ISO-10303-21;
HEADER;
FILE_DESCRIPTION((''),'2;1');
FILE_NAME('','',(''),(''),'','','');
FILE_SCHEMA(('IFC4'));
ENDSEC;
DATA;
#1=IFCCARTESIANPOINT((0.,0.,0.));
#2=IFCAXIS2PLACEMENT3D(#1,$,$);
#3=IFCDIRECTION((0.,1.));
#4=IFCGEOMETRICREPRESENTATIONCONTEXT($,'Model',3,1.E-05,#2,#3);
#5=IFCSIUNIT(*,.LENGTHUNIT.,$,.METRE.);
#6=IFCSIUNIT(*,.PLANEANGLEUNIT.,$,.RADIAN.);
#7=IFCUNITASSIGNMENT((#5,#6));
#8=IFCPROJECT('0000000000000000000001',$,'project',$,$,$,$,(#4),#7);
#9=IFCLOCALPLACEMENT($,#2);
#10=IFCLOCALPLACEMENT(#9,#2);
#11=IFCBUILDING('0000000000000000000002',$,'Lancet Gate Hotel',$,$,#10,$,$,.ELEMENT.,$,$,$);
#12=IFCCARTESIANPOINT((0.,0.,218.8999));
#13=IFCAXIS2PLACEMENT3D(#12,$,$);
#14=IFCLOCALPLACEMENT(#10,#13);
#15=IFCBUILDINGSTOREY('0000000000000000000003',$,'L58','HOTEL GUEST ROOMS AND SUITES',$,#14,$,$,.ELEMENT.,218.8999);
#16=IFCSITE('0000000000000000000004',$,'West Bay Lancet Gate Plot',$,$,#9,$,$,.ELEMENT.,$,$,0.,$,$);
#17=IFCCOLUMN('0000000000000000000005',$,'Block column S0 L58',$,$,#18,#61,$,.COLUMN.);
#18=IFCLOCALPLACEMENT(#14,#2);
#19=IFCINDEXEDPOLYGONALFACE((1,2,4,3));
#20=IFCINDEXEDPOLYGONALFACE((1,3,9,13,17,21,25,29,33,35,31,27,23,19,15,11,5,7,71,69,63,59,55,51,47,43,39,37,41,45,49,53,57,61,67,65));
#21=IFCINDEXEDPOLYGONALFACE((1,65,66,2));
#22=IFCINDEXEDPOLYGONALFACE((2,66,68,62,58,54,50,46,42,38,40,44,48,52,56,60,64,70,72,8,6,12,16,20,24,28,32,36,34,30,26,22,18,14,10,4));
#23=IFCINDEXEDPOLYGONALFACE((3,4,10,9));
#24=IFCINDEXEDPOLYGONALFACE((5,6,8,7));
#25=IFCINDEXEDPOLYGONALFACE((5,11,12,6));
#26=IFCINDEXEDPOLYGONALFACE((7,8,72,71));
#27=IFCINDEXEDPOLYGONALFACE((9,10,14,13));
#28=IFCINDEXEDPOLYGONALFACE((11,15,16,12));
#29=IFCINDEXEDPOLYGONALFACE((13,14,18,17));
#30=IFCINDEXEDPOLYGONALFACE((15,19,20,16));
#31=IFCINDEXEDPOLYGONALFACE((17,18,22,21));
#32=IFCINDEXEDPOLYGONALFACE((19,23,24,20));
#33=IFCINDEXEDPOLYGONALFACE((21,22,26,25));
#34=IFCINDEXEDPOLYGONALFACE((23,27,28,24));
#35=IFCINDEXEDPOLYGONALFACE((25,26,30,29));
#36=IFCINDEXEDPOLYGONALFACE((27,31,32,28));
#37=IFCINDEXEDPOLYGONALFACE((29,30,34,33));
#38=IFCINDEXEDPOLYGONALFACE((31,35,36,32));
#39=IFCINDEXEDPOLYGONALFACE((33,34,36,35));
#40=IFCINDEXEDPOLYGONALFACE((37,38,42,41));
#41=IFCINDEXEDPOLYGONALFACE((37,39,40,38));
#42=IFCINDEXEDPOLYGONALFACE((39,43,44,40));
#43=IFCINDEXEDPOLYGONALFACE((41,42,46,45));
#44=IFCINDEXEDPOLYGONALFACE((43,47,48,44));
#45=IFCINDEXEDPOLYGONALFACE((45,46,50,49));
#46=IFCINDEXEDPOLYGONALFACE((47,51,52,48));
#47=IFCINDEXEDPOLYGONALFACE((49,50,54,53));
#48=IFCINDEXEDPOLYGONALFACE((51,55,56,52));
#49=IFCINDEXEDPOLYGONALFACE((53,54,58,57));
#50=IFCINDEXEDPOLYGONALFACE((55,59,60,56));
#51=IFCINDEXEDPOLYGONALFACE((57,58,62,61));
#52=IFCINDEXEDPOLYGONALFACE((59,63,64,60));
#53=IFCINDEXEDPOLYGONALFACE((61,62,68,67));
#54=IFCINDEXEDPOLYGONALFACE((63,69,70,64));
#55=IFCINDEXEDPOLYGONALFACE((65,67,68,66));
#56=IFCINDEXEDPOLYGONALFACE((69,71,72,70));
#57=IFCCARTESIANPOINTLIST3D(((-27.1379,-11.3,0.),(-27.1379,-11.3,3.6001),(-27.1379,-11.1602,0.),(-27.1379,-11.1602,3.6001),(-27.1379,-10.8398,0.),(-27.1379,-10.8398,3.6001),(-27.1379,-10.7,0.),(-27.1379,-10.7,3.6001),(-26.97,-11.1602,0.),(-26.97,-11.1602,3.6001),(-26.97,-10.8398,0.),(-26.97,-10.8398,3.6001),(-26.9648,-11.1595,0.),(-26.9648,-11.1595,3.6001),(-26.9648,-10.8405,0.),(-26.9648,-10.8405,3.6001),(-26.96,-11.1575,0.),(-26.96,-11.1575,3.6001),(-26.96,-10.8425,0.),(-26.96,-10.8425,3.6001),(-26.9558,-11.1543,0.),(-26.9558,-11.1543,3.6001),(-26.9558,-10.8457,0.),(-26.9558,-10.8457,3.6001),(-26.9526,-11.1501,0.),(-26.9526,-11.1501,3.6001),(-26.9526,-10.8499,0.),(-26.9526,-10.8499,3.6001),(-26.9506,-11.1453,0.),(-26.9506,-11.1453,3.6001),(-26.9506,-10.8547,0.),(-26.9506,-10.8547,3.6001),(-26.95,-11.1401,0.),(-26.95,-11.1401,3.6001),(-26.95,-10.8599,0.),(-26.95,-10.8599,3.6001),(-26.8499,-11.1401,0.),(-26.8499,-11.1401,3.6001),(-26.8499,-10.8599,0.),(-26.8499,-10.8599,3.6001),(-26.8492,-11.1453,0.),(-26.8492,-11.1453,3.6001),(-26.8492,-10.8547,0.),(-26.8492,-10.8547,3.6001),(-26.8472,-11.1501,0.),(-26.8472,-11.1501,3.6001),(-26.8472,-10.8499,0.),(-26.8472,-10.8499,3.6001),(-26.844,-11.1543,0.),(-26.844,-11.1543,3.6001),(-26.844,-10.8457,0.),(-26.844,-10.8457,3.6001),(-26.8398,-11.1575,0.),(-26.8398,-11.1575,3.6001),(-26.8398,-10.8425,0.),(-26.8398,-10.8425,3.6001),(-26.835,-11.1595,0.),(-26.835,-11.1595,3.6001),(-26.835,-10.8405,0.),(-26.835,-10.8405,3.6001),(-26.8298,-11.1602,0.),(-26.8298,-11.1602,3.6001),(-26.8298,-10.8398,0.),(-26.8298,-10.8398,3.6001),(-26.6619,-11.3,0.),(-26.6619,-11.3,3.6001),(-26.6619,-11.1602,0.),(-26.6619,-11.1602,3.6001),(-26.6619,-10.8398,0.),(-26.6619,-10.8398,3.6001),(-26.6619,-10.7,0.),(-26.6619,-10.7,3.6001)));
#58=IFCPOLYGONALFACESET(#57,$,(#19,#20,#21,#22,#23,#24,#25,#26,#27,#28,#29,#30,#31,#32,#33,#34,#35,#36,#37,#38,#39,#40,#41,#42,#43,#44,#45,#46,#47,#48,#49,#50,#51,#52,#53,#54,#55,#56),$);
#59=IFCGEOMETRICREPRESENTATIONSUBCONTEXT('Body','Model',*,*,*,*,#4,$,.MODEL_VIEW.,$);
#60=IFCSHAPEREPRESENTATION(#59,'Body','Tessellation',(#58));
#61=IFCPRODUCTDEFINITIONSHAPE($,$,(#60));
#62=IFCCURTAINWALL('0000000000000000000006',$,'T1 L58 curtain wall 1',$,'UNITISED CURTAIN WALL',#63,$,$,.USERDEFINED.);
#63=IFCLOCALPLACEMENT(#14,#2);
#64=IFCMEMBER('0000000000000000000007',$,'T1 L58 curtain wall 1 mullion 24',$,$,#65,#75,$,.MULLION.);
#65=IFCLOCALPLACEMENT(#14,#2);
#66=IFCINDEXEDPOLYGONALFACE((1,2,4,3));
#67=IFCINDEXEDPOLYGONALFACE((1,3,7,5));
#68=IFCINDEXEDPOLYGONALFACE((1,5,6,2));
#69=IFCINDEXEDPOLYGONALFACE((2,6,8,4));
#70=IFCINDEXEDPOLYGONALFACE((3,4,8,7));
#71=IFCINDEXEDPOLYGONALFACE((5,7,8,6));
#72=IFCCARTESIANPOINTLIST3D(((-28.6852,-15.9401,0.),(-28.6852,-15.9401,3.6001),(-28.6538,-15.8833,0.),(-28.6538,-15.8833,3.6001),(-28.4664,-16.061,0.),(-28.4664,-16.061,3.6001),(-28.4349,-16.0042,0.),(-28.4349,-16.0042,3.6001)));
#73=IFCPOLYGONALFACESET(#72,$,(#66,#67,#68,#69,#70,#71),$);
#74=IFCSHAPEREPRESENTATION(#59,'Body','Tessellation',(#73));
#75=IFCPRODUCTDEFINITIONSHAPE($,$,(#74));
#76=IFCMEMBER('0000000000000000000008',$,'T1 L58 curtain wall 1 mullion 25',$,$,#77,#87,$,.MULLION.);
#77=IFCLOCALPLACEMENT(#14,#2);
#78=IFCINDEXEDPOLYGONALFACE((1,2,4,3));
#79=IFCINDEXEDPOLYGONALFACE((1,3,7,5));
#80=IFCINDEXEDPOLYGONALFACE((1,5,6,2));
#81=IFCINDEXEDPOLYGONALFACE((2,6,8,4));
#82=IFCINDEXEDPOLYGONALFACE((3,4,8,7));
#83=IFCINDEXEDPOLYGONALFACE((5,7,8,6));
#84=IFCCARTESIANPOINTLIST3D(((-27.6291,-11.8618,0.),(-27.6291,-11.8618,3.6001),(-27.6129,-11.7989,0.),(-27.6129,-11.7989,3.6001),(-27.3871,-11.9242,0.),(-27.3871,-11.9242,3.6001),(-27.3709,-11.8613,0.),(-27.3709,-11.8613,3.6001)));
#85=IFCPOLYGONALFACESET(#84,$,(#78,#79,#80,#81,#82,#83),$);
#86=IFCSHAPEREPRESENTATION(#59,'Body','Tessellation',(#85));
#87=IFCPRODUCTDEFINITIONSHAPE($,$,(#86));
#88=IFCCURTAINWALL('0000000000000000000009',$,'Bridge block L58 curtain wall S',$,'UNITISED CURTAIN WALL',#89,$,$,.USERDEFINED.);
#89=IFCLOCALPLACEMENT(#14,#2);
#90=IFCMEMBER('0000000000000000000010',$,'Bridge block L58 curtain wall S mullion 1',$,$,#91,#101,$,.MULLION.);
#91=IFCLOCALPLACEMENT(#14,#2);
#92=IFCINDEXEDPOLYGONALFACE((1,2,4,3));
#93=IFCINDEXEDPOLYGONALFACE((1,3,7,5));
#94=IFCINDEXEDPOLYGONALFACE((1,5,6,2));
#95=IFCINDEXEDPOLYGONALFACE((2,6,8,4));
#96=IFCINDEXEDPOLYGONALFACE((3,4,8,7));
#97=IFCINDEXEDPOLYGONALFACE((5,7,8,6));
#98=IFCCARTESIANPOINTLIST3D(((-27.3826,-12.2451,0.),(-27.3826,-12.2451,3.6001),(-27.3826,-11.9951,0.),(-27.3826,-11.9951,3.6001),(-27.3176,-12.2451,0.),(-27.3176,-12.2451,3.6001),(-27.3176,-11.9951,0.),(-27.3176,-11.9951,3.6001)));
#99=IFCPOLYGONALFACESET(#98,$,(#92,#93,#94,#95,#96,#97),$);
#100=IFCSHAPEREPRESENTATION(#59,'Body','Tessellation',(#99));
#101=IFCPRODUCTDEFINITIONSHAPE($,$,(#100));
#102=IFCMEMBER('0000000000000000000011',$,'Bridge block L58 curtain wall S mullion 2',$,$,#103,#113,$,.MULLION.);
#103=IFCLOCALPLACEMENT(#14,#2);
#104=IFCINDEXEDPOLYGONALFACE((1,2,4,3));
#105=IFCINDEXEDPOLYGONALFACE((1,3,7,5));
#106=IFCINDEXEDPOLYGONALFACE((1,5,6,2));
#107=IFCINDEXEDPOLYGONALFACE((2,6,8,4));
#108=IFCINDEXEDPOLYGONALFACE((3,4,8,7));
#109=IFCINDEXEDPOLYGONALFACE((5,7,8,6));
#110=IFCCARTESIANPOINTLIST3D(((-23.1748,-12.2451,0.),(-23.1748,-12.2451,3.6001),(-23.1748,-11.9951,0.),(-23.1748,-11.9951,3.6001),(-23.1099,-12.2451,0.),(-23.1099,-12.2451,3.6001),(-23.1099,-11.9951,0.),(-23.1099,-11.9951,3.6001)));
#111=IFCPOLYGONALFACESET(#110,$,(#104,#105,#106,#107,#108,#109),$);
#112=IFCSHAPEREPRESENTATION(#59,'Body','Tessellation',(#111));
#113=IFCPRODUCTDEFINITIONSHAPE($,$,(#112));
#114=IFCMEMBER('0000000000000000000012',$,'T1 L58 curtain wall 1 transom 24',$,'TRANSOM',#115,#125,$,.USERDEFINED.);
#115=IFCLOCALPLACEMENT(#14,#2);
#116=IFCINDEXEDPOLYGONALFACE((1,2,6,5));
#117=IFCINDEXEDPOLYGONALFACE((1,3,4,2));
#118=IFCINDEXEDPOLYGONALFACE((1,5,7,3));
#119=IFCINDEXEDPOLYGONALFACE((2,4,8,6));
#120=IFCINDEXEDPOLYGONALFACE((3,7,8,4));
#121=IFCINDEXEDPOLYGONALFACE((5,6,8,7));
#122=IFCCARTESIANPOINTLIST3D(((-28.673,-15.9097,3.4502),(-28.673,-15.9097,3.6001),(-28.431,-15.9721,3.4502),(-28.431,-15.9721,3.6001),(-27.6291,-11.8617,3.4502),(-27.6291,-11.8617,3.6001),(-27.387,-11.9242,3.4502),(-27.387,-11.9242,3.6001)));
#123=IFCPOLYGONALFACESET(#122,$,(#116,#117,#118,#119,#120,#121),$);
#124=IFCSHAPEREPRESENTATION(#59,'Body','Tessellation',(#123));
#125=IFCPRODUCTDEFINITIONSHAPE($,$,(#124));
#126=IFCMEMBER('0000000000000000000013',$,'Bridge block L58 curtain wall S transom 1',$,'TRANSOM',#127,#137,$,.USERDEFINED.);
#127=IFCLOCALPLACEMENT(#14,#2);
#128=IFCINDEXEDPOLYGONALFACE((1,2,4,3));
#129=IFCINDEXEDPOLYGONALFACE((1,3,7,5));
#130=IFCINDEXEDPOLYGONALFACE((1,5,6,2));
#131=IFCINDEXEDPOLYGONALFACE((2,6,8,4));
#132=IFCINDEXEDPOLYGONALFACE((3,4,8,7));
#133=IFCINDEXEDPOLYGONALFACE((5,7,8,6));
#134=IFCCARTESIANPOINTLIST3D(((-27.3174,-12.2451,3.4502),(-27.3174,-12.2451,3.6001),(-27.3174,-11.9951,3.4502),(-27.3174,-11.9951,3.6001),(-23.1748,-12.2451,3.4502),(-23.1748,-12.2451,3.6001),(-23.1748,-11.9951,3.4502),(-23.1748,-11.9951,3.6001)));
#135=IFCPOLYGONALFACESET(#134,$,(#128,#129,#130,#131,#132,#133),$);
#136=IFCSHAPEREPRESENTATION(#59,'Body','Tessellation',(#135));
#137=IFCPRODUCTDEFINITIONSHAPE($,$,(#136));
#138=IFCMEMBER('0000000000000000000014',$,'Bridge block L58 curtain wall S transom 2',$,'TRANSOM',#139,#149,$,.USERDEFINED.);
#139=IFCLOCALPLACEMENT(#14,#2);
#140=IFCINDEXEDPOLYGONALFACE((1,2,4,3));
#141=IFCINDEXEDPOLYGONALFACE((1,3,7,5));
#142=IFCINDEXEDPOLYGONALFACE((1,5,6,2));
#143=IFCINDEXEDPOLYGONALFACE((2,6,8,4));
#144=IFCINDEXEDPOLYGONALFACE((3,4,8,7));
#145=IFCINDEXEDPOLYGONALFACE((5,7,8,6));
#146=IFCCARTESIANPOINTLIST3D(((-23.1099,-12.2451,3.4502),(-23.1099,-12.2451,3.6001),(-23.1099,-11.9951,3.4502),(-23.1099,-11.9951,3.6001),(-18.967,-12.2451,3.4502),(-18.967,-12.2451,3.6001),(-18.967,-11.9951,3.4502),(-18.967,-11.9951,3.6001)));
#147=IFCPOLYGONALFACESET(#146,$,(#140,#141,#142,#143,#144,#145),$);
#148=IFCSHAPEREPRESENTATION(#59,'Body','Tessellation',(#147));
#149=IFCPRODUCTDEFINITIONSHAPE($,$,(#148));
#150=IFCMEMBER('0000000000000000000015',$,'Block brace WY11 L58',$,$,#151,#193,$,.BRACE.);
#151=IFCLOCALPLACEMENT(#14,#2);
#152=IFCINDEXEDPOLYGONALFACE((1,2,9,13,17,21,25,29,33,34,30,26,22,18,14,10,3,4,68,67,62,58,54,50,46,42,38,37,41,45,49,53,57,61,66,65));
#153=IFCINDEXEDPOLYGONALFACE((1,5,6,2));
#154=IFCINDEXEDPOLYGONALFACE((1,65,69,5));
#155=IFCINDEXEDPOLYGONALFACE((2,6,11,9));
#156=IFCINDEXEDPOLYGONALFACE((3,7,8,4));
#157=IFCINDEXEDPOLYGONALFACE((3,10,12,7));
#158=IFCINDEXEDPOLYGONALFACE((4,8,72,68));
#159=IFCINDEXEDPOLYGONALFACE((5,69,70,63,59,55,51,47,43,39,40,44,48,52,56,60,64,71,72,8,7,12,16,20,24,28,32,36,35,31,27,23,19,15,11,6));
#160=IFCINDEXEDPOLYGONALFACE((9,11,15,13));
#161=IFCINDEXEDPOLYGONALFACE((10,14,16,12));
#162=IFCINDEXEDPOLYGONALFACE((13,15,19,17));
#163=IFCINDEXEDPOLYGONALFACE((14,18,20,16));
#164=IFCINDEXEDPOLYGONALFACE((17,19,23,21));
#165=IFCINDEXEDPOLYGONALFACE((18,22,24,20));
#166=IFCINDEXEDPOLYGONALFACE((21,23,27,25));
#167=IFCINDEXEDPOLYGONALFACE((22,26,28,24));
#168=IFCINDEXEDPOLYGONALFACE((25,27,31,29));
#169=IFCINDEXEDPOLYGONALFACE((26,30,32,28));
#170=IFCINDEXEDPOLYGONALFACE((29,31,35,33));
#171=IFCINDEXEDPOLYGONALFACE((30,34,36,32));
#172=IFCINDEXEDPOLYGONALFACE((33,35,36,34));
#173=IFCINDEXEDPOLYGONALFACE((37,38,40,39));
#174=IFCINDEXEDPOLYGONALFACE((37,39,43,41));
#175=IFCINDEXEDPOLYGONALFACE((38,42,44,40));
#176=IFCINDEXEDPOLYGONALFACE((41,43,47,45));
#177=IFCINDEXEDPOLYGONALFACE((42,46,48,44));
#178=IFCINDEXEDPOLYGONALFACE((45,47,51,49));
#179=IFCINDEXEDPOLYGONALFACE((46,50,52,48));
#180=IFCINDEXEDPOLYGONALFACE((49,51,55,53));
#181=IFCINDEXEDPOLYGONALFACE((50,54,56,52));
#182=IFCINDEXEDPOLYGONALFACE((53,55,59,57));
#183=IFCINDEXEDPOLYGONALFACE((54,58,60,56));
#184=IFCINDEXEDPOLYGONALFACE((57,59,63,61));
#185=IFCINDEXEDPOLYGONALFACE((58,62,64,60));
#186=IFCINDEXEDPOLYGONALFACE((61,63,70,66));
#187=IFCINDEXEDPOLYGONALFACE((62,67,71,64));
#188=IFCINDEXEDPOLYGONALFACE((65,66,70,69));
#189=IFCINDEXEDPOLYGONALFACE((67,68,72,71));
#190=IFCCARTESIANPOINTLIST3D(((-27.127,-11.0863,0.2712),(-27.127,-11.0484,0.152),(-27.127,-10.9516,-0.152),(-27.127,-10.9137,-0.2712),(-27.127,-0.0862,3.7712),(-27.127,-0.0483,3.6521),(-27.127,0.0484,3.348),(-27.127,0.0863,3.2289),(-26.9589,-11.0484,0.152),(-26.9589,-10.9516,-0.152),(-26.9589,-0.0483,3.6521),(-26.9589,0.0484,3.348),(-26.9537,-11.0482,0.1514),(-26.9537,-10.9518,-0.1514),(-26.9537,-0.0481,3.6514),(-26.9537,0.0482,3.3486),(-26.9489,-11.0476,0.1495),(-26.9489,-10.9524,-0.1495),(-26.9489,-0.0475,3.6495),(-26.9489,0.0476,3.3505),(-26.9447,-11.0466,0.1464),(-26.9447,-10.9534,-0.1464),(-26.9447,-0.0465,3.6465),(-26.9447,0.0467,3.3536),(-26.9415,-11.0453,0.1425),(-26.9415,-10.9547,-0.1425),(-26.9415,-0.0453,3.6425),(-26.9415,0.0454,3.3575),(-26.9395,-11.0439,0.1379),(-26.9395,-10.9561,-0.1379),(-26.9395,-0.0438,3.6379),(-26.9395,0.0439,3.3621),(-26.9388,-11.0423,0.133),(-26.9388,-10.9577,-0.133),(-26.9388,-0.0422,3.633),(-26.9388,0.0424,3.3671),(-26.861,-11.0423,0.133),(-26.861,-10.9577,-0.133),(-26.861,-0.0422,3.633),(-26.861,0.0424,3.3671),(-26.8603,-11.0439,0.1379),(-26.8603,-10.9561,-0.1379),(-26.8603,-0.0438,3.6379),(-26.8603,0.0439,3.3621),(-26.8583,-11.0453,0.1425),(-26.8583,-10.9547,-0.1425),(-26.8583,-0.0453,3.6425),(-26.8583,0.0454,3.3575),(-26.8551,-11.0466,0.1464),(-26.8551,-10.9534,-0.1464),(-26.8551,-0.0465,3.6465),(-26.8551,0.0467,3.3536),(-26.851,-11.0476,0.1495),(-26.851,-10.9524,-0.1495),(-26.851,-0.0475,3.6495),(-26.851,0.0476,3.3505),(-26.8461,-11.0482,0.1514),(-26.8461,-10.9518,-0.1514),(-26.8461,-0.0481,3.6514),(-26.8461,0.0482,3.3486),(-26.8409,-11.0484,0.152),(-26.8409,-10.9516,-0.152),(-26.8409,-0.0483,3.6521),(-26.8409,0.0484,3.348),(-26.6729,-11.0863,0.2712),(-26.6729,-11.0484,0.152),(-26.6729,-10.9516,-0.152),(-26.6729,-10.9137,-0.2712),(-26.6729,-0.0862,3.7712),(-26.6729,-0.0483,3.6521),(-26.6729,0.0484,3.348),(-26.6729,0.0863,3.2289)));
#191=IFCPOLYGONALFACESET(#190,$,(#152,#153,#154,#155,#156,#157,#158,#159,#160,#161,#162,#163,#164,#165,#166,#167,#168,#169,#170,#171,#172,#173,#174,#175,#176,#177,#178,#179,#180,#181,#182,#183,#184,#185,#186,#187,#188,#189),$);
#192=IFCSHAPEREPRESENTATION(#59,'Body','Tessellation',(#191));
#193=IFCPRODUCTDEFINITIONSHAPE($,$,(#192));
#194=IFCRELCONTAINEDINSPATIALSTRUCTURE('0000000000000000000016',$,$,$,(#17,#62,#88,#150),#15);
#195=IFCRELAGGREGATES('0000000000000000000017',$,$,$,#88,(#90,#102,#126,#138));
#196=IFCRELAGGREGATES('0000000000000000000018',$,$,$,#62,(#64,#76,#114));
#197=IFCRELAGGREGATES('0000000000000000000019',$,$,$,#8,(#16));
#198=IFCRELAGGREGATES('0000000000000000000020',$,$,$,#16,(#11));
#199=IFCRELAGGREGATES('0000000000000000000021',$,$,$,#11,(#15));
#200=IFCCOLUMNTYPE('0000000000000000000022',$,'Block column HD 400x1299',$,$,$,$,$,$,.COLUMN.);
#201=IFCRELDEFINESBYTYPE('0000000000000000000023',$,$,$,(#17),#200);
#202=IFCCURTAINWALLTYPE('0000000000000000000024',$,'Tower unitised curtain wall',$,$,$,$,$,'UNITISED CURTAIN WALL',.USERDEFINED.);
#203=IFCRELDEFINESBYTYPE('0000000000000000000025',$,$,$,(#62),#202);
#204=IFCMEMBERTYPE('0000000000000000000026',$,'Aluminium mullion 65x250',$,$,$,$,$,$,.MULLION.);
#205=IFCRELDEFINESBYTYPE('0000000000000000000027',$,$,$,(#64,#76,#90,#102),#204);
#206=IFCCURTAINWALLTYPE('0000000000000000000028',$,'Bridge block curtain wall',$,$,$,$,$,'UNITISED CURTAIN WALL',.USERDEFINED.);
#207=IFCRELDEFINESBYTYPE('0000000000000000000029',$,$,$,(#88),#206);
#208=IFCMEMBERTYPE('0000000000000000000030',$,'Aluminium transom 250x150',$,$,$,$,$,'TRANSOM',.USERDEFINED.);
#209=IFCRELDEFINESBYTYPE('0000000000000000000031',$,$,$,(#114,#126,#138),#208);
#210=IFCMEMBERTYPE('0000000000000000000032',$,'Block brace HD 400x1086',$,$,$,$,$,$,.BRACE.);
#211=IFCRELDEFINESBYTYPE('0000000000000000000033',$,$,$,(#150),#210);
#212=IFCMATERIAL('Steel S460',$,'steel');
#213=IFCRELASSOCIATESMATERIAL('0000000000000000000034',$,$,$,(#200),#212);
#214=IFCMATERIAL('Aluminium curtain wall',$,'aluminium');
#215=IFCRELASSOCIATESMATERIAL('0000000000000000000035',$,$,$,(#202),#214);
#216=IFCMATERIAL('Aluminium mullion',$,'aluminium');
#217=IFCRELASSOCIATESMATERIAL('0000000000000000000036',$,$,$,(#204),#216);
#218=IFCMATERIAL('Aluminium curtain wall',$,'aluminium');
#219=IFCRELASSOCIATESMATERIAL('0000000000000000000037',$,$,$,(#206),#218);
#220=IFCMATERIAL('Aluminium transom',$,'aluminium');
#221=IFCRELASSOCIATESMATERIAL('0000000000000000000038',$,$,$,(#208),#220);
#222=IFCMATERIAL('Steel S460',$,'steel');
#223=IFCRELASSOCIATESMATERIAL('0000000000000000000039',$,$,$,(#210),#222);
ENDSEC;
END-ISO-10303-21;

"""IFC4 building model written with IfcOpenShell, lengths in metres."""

from ifc_helpers import new_model, si_unit, direction, frame, origin, origin_2d, place, context, subcontext, project, spatial, rectangle, i_section, extrude, material, material_profile, profile_set, type_object, element, aggregate, save


model = new_model("IFC4")

# Units and contexts
model_context = context("Model", 3, precision=1e-05, world=origin(), true_north=direction((0.0, 1.0)))
body_context = subcontext(model_context, "Body", "Model", "MODEL_VIEW")
ifc_project = project(units=[si_unit("LENGTHUNIT", "METRE"), si_unit("PLANEANGLEUNIT", "RADIAN")], contexts=[model_context])

# Site, building, storey
site_placement = place(None, origin())
site = spatial("IfcSite", under=ifc_project, at=site_placement, Name="West Bay Lancet Gate Plot", CompositionType="ELEMENT", RefElevation=0.0)
building_placement = place(site_placement, origin())
building = spatial("IfcBuilding", under=site, at=building_placement, Name="Lancet Gate Hotel", CompositionType="ELEMENT")
storey_placement = place(building_placement, frame((0.0, 0.0, 218.8999)))
storey = spatial("IfcBuildingStorey", under=building, at=storey_placement, Name="L58", Description="HOTEL GUEST ROOMS AND SUITES", CompositionType="ELEMENT", Elevation=218.8999)

# Column
ifc_material_1 = material(Name="Steel S460", Category="steel")
ifc_material_profile_1 = material_profile(ifc_material_1, i_section(OverallWidth=0.4761, OverallDepth=0.6001, WebThickness=0.1001, FlangeThickness=0.1399, FilletRadius=0.02, at=origin_2d()), Name="HD 400x1299")
ifc_profile_set_1 = profile_set([ifc_material_profile_1], Name="Steel S460")
column_type = type_object("IfcColumnType", Name="Block column HD 400x1299", PredefinedType="COLUMN", material=ifc_profile_set_1)
column_placement = place(storey_placement, frame((-26.8999, -11.0, 0.0), z_axis=(0.0, 0.0, 1.0), x_axis=(1.0, 0.0, 0.0)))
element("IfcColumn", 1, at=column_placement, inside=storey, type_object=column_type, Name="Block column S0 L58", PredefinedType="COLUMN", context=body_context, shape_type="SweptSolid", body=[
    extrude(i_section(OverallWidth=0.4761, OverallDepth=0.6001, WebThickness=0.1001, FlangeThickness=0.1399, FilletRadius=0.02, at=origin_2d()), origin(), (0.0, 0.0, 1.0), 3.6001),
])

# Curtain walls, members
ifc_material_2 = material(Name="Aluminium curtain wall", Category="aluminium")
curtain_wall_type_1 = type_object("IfcCurtainWallType", Name="Tower unitised curtain wall", ElementType="UNITISED CURTAIN WALL", PredefinedType="USERDEFINED", material=ifc_material_2)
curtain_wall_1_placement = place(storey_placement, origin())
curtain_wall_1 = element("IfcCurtainWall", 2, at=curtain_wall_1_placement, inside=storey, type_object=curtain_wall_type_1, Name="T1 L58 curtain wall 1", ObjectType="UNITISED CURTAIN WALL", PredefinedType="USERDEFINED")
ifc_material_3 = material(Name="Aluminium mullion", Category="aluminium")
ifc_material_profile_2 = material_profile(ifc_material_3, rectangle(XDim=0.0649, YDim=0.25, at=origin_2d()), Name="MULLION 65x250")
ifc_profile_set_2 = profile_set([ifc_material_profile_2], Name="Aluminium mullion")
member_type_1 = type_object("IfcMemberType", Name="Aluminium mullion 65x250", PredefinedType="MULLION", material=ifc_profile_set_2)
member_1_placement = place(storey_placement, frame((-28.5601, -15.9722, 0.0), z_axis=(0.0, 0.0, 1.0), x_axis=(0.483627, 0.875274, 0.0)))
member_1 = element("IfcMember", 3, at=member_1_placement, type_object=member_type_1, Name="T1 L58 curtain wall 1 mullion 24", PredefinedType="MULLION", context=body_context, shape_type="SweptSolid", body=[
    extrude(rectangle(XDim=0.0649, YDim=0.25, at=origin_2d()), origin(), (0.0, 0.0, 1.0), 3.6001),
])
member_2_placement = place(storey_placement, frame((-27.5, -11.8616, 0.0), z_axis=(0.0, 0.0, 1.0), x_axis=(0.249726, 0.968317, 0.0)))
member_2 = element("IfcMember", 4, at=member_2_placement, type_object=member_type_1, Name="T1 L58 curtain wall 1 mullion 25", PredefinedType="MULLION", context=body_context, shape_type="SweptSolid", body=[
    extrude(rectangle(XDim=0.0649, YDim=0.25, at=origin_2d()), origin(), (0.0, 0.0, 1.0), 3.6001),
])
ifc_material_4 = material(Name="Aluminium curtain wall", Category="aluminium")
curtain_wall_type_2 = type_object("IfcCurtainWallType", Name="Bridge block curtain wall", ElementType="UNITISED CURTAIN WALL", PredefinedType="USERDEFINED", material=ifc_material_4)
curtain_wall_2_placement = place(storey_placement, origin())
curtain_wall_2 = element("IfcCurtainWall", 5, at=curtain_wall_2_placement, inside=storey, type_object=curtain_wall_type_2, Name="Bridge block L58 curtain wall S", ObjectType="UNITISED CURTAIN WALL", PredefinedType="USERDEFINED")
member_3_placement = place(storey_placement, frame((-27.3501, -12.1201, 0.0), z_axis=(0.0, 0.0, 1.0), x_axis=(1.0, 0.0, 0.0)))
member_3 = element("IfcMember", 6, at=member_3_placement, type_object=member_type_1, Name="Bridge block L58 curtain wall S mullion 1", PredefinedType="MULLION", context=body_context, shape_type="SweptSolid", body=[
    extrude(rectangle(XDim=0.0649, YDim=0.25, at=origin_2d()), origin(), (0.0, 0.0, 1.0), 3.6001),
])
member_4_placement = place(storey_placement, frame((-23.1423, -12.1201, 0.0), z_axis=(0.0, 0.0, 1.0), x_axis=(1.0, 0.0, 0.0)))
member_4 = element("IfcMember", 7, at=member_4_placement, type_object=member_type_1, Name="Bridge block L58 curtain wall S mullion 2", PredefinedType="MULLION", context=body_context, shape_type="SweptSolid", body=[
    extrude(rectangle(XDim=0.0649, YDim=0.25, at=origin_2d()), origin(), (0.0, 0.0, 1.0), 3.6001),
])

# Members
ifc_material_5 = material(Name="Aluminium transom", Category="aluminium")
ifc_material_profile_3 = material_profile(ifc_material_5, rectangle(XDim=0.25, YDim=0.1499, at=origin_2d()), Name="TRANSOM 250x150")
ifc_profile_set_3 = profile_set([ifc_material_profile_3], Name="Aluminium transom")
member_type_2 = type_object("IfcMemberType", Name="Aluminium transom 250x150", ElementType="TRANSOM", PredefinedType="USERDEFINED", material=ifc_profile_set_3)
member_5_placement = place(storey_placement, frame((-28.552, -15.9409, 3.5251), z_axis=(0.249716, 0.968319, 0.0), x_axis=(-0.968319, 0.249716, 0.0)))
member_5 = element("IfcMember", 8, at=member_5_placement, type_object=member_type_2, Name="T1 L58 curtain wall 1 transom 24", ObjectType="TRANSOM", PredefinedType="USERDEFINED", context=body_context, shape_type="SweptSolid", body=[
    extrude(rectangle(XDim=0.25, YDim=0.1499, at=origin_2d()), origin(), (0.0, 0.0, 1.0), 4.1804),
])
member_6_placement = place(storey_placement, frame((-27.3174, -12.1201, 3.5251), z_axis=(1.0, 0.0, 0.0), x_axis=(0.0, 1.0, 0.0)))
member_6 = element("IfcMember", 9, at=member_6_placement, type_object=member_type_2, Name="Bridge block L58 curtain wall S transom 1", ObjectType="TRANSOM", PredefinedType="USERDEFINED", context=body_context, shape_type="SweptSolid", body=[
    extrude(rectangle(XDim=0.25, YDim=0.1499, at=origin_2d()), origin(), (0.0, 0.0, 1.0), 4.1426),
])
member_7_placement = place(storey_placement, frame((-23.1099, -12.1201, 3.5251), z_axis=(1.0, 0.0, 0.0), x_axis=(0.0, 1.0, 0.0)))
member_7 = element("IfcMember", 10, at=member_7_placement, type_object=member_type_2, Name="Bridge block L58 curtain wall S transom 2", ObjectType="TRANSOM", PredefinedType="USERDEFINED", context=body_context, shape_type="SweptSolid", body=[
    extrude(rectangle(XDim=0.25, YDim=0.1499, at=origin_2d()), origin(), (0.0, 0.0, 1.0), 4.1428),
])
ifc_material_6 = material(Name="Steel S460", Category="steel")
ifc_material_profile_4 = material_profile(ifc_material_6, i_section(OverallWidth=0.4541, OverallDepth=0.5691, WebThickness=0.0779, FlangeThickness=0.125, FilletRadius=0.02, at=origin_2d()), Name="HD 400x1086")
ifc_profile_set_4 = profile_set([ifc_material_profile_4], Name="Steel S460")
member_type_3 = type_object("IfcMemberType", Name="Block brace HD 400x1086", PredefinedType="BRACE", material=ifc_profile_set_4)
member_8_placement = place(storey_placement, frame((-26.8999, -11.0, 0.0), z_axis=(0.0, 0.952926, 0.303204), x_axis=(-1.0, 0.0, 0.0)))
element("IfcMember", 11, at=member_8_placement, inside=storey, type_object=member_type_3, Name="Block brace WY11 L58", PredefinedType="BRACE", context=body_context, shape_type="SweptSolid", body=[
    extrude(i_section(OverallWidth=0.4541, OverallDepth=0.5691, WebThickness=0.0779, FlangeThickness=0.125, FilletRadius=0.02, at=origin_2d()), origin(), (0.0, 0.0, 1.0), 11.5435),
])

aggregate(curtain_wall_2, [member_3, member_4, member_6, member_7])
aggregate(curtain_wall_1, [member_1, member_2, member_5])

save(model, "model.ifc")
